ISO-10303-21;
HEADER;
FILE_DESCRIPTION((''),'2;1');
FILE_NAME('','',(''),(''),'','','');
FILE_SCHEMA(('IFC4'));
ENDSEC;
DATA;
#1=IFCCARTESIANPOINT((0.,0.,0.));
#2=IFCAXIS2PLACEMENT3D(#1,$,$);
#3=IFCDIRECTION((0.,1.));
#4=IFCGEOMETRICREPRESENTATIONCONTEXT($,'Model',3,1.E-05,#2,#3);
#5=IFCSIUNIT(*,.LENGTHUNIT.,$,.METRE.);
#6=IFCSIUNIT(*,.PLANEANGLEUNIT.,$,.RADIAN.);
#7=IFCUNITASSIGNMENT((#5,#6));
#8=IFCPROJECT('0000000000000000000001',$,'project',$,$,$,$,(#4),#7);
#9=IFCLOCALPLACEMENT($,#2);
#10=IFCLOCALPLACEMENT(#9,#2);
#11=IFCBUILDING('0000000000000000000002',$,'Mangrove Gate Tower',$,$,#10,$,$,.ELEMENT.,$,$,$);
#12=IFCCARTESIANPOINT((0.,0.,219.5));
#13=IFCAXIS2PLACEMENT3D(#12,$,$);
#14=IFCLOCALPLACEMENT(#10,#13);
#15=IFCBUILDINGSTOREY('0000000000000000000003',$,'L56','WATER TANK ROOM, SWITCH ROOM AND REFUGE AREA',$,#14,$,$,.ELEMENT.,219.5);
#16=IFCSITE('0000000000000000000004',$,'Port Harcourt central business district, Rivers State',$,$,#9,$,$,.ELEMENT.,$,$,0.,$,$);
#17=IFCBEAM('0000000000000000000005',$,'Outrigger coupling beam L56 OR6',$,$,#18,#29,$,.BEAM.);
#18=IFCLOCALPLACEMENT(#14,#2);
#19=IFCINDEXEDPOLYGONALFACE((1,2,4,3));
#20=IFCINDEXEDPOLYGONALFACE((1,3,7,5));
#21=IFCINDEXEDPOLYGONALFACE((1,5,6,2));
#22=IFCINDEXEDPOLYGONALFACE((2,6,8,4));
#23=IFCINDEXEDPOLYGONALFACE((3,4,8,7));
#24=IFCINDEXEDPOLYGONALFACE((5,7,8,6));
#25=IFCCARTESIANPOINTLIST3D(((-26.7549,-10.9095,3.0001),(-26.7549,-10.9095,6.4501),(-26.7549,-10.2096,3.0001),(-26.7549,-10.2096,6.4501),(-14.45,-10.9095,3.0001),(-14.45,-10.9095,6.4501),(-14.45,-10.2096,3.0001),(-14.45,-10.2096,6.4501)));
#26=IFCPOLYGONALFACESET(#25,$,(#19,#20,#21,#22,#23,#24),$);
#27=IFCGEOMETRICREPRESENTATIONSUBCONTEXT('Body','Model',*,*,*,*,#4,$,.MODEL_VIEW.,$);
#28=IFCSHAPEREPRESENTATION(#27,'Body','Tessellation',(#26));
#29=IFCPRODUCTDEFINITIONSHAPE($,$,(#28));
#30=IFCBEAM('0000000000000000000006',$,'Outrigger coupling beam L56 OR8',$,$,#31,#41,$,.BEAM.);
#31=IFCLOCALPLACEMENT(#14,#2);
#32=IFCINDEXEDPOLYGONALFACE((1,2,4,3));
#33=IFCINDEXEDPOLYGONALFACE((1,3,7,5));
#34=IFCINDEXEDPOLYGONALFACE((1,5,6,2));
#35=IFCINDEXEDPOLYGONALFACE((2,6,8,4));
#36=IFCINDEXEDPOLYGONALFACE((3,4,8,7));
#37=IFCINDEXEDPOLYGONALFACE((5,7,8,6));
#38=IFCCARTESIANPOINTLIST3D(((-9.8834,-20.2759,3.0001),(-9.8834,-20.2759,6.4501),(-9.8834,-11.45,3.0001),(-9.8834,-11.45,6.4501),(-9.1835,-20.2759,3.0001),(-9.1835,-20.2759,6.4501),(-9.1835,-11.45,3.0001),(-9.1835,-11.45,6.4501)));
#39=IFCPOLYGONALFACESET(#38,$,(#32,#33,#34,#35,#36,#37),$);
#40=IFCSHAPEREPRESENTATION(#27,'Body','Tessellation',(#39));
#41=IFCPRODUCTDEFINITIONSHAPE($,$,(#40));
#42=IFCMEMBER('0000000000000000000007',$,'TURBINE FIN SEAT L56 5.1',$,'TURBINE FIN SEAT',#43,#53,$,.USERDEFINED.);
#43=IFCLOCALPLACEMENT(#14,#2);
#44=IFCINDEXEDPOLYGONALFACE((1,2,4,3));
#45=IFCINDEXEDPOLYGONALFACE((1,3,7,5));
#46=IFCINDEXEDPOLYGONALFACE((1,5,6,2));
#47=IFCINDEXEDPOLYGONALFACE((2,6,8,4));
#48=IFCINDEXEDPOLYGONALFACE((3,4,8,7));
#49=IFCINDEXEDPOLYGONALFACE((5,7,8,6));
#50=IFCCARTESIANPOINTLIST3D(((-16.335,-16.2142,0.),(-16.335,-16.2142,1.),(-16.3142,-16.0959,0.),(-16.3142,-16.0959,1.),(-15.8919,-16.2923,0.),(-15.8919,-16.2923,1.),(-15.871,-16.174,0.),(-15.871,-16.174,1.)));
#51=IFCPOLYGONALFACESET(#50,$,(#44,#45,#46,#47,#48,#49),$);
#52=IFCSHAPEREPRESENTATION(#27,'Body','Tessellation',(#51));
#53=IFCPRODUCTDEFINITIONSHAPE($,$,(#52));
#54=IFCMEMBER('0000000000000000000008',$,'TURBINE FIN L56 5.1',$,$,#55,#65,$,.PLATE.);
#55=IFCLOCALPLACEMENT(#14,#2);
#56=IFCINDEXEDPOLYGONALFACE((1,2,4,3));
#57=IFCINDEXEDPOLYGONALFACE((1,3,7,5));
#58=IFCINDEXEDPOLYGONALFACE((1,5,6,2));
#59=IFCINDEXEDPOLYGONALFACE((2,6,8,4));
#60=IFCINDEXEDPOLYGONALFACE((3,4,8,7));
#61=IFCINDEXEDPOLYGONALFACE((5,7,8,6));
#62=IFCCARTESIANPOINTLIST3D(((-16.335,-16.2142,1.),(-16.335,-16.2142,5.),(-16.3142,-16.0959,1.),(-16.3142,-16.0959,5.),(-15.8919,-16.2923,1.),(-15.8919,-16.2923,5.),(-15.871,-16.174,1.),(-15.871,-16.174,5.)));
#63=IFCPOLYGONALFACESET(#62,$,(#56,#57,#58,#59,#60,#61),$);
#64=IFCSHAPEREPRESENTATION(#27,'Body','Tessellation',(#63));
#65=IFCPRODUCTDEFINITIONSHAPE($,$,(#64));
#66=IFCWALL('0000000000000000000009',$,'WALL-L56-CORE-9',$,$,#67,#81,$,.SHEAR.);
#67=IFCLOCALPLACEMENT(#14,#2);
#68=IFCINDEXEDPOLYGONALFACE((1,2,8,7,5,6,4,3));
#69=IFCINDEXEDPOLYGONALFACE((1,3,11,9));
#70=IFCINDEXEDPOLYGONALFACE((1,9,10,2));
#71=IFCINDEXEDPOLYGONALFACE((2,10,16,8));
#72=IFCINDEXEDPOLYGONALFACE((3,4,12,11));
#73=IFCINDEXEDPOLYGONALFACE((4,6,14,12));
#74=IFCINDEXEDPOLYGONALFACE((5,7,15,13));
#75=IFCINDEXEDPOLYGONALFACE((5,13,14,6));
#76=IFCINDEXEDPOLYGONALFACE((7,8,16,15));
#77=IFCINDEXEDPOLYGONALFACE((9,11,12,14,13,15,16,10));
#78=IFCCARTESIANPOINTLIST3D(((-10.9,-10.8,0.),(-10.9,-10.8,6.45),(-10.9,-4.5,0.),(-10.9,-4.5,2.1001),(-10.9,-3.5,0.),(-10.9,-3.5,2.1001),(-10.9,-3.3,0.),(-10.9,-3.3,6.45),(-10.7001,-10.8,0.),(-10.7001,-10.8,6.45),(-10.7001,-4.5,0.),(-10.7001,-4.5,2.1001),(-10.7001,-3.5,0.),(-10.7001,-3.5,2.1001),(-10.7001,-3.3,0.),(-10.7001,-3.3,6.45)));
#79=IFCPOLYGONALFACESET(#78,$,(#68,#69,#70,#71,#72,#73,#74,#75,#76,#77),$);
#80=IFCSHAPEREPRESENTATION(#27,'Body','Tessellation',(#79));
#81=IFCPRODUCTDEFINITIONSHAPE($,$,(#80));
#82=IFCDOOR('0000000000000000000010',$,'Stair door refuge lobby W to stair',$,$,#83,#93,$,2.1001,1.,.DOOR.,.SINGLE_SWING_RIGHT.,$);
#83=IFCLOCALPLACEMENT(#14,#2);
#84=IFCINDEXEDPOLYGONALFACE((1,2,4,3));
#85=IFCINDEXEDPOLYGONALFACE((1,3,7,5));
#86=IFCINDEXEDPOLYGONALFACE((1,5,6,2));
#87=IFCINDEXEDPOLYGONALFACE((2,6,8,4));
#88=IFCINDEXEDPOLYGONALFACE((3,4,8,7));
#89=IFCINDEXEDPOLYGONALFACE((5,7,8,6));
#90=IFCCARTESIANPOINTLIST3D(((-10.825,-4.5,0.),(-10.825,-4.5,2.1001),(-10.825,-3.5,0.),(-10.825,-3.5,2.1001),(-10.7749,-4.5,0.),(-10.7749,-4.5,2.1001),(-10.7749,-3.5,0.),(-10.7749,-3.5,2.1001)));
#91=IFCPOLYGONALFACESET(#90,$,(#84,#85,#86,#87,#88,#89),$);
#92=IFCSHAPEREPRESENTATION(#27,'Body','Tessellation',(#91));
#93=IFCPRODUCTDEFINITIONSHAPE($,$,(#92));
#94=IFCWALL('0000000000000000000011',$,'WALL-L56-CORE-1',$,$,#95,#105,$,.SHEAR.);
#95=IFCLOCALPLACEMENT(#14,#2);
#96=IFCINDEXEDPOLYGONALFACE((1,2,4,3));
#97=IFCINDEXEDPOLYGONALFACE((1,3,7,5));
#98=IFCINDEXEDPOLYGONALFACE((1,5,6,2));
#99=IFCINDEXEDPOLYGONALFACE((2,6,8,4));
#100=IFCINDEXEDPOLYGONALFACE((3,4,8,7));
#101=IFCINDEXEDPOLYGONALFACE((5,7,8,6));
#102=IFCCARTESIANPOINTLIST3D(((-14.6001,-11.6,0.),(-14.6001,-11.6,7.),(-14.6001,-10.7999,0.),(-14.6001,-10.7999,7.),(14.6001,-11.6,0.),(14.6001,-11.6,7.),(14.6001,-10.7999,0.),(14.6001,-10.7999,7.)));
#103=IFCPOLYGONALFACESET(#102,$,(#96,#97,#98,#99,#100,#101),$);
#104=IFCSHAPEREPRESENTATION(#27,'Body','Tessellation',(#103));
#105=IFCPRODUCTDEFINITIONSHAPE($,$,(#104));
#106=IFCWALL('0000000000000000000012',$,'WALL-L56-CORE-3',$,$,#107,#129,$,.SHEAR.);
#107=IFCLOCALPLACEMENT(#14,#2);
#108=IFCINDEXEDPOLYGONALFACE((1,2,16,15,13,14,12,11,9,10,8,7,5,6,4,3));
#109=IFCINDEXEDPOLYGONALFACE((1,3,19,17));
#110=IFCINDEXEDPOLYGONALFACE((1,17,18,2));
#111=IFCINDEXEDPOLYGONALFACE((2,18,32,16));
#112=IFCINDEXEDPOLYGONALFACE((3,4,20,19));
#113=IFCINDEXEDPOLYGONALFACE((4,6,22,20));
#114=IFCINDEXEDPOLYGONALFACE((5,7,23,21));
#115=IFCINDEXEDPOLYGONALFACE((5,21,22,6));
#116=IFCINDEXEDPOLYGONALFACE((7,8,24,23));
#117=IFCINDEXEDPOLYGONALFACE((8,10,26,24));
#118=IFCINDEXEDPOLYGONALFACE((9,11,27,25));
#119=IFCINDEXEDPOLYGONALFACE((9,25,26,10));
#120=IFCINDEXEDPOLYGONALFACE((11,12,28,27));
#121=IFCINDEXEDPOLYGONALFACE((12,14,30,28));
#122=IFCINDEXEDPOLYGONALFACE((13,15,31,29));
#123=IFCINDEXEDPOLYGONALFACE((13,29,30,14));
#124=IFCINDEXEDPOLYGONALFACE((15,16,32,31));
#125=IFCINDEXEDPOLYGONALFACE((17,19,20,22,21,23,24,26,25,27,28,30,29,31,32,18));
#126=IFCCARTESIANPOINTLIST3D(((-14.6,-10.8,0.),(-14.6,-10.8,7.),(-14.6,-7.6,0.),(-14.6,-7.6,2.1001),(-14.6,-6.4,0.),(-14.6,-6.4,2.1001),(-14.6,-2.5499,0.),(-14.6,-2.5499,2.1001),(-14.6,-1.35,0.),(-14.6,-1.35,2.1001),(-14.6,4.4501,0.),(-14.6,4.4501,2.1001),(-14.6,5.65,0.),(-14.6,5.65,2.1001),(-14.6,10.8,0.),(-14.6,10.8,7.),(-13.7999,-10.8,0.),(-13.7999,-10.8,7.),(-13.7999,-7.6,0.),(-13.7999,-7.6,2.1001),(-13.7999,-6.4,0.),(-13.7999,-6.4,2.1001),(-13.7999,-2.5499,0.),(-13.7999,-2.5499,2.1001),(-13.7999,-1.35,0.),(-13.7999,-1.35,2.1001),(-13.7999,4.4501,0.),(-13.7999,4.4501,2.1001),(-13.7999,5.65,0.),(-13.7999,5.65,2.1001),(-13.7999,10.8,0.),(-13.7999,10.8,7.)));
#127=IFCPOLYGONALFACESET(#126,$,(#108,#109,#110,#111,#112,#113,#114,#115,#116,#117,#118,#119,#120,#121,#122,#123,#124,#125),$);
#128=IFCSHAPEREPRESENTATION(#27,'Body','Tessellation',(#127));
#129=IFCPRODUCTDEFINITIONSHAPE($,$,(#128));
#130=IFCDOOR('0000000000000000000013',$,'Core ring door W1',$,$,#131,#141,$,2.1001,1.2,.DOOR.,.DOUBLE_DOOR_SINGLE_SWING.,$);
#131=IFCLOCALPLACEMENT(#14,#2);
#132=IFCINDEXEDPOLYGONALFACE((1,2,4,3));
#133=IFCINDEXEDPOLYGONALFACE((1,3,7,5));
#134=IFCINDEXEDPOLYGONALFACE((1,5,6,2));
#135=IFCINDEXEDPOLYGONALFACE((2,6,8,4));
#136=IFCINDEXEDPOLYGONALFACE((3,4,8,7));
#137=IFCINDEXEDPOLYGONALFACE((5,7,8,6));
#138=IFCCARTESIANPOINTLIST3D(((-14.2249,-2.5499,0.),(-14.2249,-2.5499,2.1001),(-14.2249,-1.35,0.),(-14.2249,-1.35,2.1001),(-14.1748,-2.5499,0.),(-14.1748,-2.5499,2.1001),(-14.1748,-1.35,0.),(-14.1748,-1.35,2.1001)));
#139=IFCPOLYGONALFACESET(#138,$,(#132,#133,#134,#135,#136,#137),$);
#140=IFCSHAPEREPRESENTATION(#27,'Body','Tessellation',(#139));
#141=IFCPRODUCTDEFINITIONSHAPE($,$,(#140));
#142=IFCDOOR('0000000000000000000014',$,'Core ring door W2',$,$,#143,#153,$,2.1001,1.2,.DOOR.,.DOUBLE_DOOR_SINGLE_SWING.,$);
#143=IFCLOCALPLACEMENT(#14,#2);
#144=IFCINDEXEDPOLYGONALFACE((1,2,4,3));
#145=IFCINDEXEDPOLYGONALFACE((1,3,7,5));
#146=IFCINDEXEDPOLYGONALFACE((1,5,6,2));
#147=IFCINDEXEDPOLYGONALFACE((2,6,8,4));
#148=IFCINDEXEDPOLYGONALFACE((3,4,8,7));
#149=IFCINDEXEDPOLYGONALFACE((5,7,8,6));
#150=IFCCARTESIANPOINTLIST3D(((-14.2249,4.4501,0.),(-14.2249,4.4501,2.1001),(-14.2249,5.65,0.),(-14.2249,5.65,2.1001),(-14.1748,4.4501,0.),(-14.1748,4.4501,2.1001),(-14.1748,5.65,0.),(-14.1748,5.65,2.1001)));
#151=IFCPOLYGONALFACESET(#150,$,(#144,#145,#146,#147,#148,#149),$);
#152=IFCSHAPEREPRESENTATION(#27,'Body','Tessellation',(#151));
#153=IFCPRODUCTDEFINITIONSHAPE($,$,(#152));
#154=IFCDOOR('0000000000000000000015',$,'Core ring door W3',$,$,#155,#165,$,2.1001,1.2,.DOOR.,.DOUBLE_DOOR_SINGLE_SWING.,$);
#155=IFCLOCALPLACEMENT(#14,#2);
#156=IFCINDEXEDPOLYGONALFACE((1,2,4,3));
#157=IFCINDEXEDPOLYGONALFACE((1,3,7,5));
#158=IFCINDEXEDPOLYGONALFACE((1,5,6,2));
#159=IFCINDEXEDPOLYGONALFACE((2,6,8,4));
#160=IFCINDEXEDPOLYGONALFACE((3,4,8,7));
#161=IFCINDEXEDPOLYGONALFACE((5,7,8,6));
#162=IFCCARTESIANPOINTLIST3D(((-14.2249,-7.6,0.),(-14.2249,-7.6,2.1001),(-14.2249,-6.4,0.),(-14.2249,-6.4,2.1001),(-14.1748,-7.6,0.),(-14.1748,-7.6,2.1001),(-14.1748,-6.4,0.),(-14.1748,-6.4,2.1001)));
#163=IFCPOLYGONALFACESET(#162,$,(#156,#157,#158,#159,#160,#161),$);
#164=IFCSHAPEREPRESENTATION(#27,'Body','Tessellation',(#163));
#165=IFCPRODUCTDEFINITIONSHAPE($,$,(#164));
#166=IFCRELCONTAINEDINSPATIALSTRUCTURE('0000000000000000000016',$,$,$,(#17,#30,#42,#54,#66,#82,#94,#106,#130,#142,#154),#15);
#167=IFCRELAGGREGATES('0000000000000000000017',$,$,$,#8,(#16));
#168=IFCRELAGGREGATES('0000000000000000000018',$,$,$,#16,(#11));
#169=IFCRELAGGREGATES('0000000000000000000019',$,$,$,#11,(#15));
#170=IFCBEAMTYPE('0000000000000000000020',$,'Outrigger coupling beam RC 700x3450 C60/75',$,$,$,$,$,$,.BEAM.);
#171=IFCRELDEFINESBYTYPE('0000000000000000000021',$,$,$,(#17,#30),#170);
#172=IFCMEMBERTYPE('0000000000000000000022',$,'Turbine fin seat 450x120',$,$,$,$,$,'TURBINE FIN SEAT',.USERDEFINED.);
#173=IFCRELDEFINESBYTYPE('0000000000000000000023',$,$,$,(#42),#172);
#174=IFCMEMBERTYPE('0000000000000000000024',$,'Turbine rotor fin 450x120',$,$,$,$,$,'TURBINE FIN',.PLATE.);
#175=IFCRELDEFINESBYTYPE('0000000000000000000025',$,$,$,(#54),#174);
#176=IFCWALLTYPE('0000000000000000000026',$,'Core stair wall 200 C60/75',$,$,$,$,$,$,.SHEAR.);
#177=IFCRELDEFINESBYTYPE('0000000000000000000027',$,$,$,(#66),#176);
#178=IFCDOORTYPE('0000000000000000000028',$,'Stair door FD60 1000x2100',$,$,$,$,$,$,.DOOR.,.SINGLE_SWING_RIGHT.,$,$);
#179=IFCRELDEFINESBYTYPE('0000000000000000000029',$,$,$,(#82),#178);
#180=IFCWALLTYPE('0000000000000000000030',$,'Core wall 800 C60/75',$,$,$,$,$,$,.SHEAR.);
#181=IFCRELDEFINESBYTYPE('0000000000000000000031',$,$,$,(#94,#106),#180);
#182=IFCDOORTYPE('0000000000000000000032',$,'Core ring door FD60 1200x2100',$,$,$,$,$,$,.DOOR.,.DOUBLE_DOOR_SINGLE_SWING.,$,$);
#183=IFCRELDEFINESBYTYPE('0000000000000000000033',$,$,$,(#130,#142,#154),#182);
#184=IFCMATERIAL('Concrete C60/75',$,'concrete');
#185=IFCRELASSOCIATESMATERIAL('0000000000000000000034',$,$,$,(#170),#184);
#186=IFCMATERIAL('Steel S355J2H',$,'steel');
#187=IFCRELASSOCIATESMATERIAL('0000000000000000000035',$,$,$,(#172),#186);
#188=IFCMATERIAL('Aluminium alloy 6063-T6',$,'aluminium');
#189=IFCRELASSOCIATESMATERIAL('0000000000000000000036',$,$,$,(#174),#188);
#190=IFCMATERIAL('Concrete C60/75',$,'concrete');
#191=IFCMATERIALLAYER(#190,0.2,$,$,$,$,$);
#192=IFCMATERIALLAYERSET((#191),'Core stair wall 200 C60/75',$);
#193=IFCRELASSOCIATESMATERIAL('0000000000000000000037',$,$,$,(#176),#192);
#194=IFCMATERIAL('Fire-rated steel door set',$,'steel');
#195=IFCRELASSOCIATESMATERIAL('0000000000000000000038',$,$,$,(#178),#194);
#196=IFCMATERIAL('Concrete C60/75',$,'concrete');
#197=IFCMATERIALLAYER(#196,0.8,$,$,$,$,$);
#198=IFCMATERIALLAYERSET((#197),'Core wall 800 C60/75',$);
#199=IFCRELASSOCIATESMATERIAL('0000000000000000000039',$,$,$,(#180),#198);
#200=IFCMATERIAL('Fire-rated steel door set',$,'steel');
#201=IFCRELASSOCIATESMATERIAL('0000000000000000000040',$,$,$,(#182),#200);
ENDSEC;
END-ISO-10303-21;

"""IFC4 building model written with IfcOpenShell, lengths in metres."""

from ifc_helpers import new_model, si_unit, direction, frame, frame_2d, origin, origin_2d, place, context, subcontext, project, spatial, rectangle, extrude, material, layer, layer_set, material_profile, profile_set, type_object, element, fill, save


model = new_model("IFC4")

# Units and contexts
model_context = context("Model", 3, precision=1e-05, world=origin(), true_north=direction((0.0, 1.0)))
body_context = subcontext(model_context, "Body", "Model", "MODEL_VIEW")
ifc_project = project(units=[si_unit("LENGTHUNIT", "METRE"), si_unit("PLANEANGLEUNIT", "RADIAN")], contexts=[model_context])

# Site, building, storey
site_placement = place(None, origin())
site = spatial("IfcSite", under=ifc_project, at=site_placement, Name="Port Harcourt central business district, Rivers State", CompositionType="ELEMENT", RefElevation=0.0)
building_placement = place(site_placement, origin())
building = spatial("IfcBuilding", under=site, at=building_placement, Name="Mangrove Gate Tower", CompositionType="ELEMENT")
storey_placement = place(building_placement, frame((0.0, 0.0, 219.5)))
storey = spatial("IfcBuildingStorey", under=building, at=storey_placement, Name="L56", Description="WATER TANK ROOM, SWITCH ROOM AND REFUGE AREA", CompositionType="ELEMENT", Elevation=219.5)

# Beams
ifc_material_1 = material(Name="Concrete C60/75", Category="concrete")
ifc_material_profile_1 = material_profile(ifc_material_1, rectangle(XDim=0.7, YDim=3.45, at=origin_2d()))
ifc_profile_set_1 = profile_set([ifc_material_profile_1], Name="Concrete C60/75")
beam_type = type_object("IfcBeamType", Name="Outrigger coupling beam RC 700x3450 C60/75", PredefinedType="BEAM", material=ifc_profile_set_1)
beam_1_placement = place(storey_placement, frame((-14.45, -10.5596, 4.7251), z_axis=(-1.0, 0.0, 0.0), x_axis=(0.0, -1.0, 0.0)))
element("IfcBeam", 1, at=beam_1_placement, inside=storey, type_object=beam_type, Name="Outrigger coupling beam L56 OR6", PredefinedType="BEAM", context=body_context, shape_type="SweptSolid", body=[
    extrude(rectangle(XDim=0.7, YDim=3.45, at=origin_2d()), origin(), (0.0, 0.0, 1.0), 12.3049),
])
beam_2_placement = place(storey_placement, frame((-9.5334, -11.45, 4.7251), z_axis=(0.0, -1.0, 0.0), x_axis=(1.0, 0.0, 0.0)))
element("IfcBeam", 2, at=beam_2_placement, inside=storey, type_object=beam_type, Name="Outrigger coupling beam L56 OR8", PredefinedType="BEAM", context=body_context, shape_type="SweptSolid", body=[
    extrude(rectangle(XDim=0.7, YDim=3.45, at=origin_2d()), origin(), (0.0, 0.0, 1.0), 8.8259),
])

# Members
ifc_material_2 = material(Name="Steel S355J2H", Category="steel")
ifc_material_profile_2 = material_profile(ifc_material_2, rectangle(XDim=0.45, YDim=0.1201, at=origin_2d()))
ifc_profile_set_2 = profile_set([ifc_material_profile_2], Name="Steel S355J2H")
member_type_1 = type_object("IfcMemberType", Name="Turbine fin seat 450x120", ElementType="TURBINE FIN SEAT", PredefinedType="USERDEFINED", material=ifc_profile_set_2)
member_1_placement = place(storey_placement, frame((-16.103, -16.1941, 0.0), z_axis=(0.0, 0.0, 1.0), x_axis=(-0.984808, 0.173648, 0.0)))
element("IfcMember", 3, at=member_1_placement, inside=storey, type_object=member_type_1, Name="TURBINE FIN SEAT L56 5.1", ObjectType="TURBINE FIN SEAT", PredefinedType="USERDEFINED", context=body_context, shape_type="SweptSolid", body=[
    extrude(rectangle(XDim=0.45, YDim=0.1201, at=origin_2d()), origin(), (0.0, 0.0, 1.0), 1.0),
])
ifc_material_3 = material(Name="Aluminium alloy 6063-T6", Category="aluminium")
ifc_material_profile_3 = material_profile(ifc_material_3, rectangle(XDim=0.45, YDim=0.1201, at=origin_2d()))
ifc_profile_set_3 = profile_set([ifc_material_profile_3], Name="Aluminium alloy 6063-T6")
member_type_2 = type_object("IfcMemberType", Name="Turbine rotor fin 450x120", ElementType="TURBINE FIN", PredefinedType="PLATE", material=ifc_profile_set_3)
member_2_placement = place(storey_placement, frame((-16.103, -16.1941, 1.0), z_axis=(0.0, 0.0, 1.0), x_axis=(-0.984808, 0.173648, 0.0)))
element("IfcMember", 4, at=member_2_placement, inside=storey, type_object=member_type_2, Name="TURBINE FIN L56 5.1", PredefinedType="PLATE", context=body_context, shape_type="SweptSolid", body=[
    extrude(rectangle(XDim=0.45, YDim=0.1201, at=origin_2d()), origin(), (0.0, 0.0, 1.0), 4.0),
])

# Wall, opening, door
ifc_material_4 = material(Name="Concrete C60/75", Category="concrete")
ifc_layer_1 = layer(ifc_material_4, 0.2)
ifc_layer_set_1 = layer_set([ifc_layer_1], Name="Core stair wall 200 C60/75")
wall_type_1 = type_object("IfcWallType", Name="Core stair wall 200 C60/75", PredefinedType="SHEAR", material=ifc_layer_set_1)
wall_1_placement = place(storey_placement, frame((-10.8, -10.8, 0.0), z_axis=(0.0, 0.0, 1.0), x_axis=(0.0, 1.0, 0.0)))
wall_1 = element("IfcWall", 5, at=wall_1_placement, inside=storey, type_object=wall_type_1, Name="WALL-L56-CORE-9", PredefinedType="SHEAR", context=body_context, shape_type="SweptSolid", body=[
    extrude(rectangle(XDim=7.5, YDim=0.2, at=frame_2d((3.75, 0.0))), origin(), (0.0, 0.0, 1.0), 6.45),
])
opening_1_placement = place(wall_1_placement, frame((6.3, 0.0, 0.0)))
opening_1 = element("IfcOpeningElement", 6, at=opening_1_placement, cuts=wall_1, PredefinedType="OPENING", context=body_context, shape_type="SweptSolid", body=[
    extrude(rectangle(XDim=1.0, YDim=2.1001, at=frame_2d((0.5, 1.05))), frame((0.0, 0.1099, 0.0), z_axis=(0.0, -1.0, 0.0), x_axis=(1.0, 0.0, 0.0)), (0.0, 0.0, 1.0), 0.22),
])
ifc_material_5 = material(Name="Fire-rated steel door set", Category="steel")
door_type_1 = type_object("IfcDoorType", Name="Stair door FD60 1000x2100", OperationType="SINGLE_SWING_RIGHT", PredefinedType="DOOR", material=ifc_material_5)
door_1_placement = place(opening_1_placement, origin())
door_1 = element("IfcDoor", 7, at=door_1_placement, inside=storey, type_object=door_type_1, Name="Stair door refuge lobby W to stair", OperationType="SINGLE_SWING_RIGHT", OverallHeight=2.1001, OverallWidth=1.0, PredefinedType="DOOR", context=body_context, shape_type="SweptSolid", body=[
    extrude(rectangle(XDim=1.0, YDim=2.1001, at=frame_2d((0.5, 1.05))), frame((0.0, 0.0249, 0.0), z_axis=(0.0, -1.0, 0.0), x_axis=(1.0, 0.0, 0.0)), (0.0, 0.0, 1.0), 0.05),
])
fill(opening_1, door_1)

# Wall
ifc_material_6 = material(Name="Concrete C60/75", Category="concrete")
ifc_layer_2 = layer(ifc_material_6, 0.8)
ifc_layer_set_2 = layer_set([ifc_layer_2], Name="Core wall 800 C60/75")
wall_type_2 = type_object("IfcWallType", Name="Core wall 800 C60/75", PredefinedType="SHEAR", material=ifc_layer_set_2)
wall_2_placement = place(storey_placement, frame((-14.6001, -11.2, 0.0), z_axis=(0.0, 0.0, 1.0), x_axis=(1.0, 0.0, 0.0)))
element("IfcWall", 8, at=wall_2_placement, inside=storey, type_object=wall_type_2, Name="WALL-L56-CORE-1", PredefinedType="SHEAR", context=body_context, shape_type="SweptSolid", body=[
    extrude(rectangle(XDim=29.2002, YDim=0.8, at=frame_2d((14.6001, 0.0))), origin(), (0.0, 0.0, 1.0), 7.0),
])

# Wall, openings, doors
wall_3_placement = place(storey_placement, frame((-14.2, -10.8, 0.0), z_axis=(0.0, 0.0, 1.0), x_axis=(0.0, 1.0, 0.0)))
wall_3 = element("IfcWall", 9, at=wall_3_placement, inside=storey, type_object=wall_type_2, Name="WALL-L56-CORE-3", PredefinedType="SHEAR", context=body_context, shape_type="SweptSolid", body=[
    extrude(rectangle(XDim=21.6001, YDim=0.8, at=frame_2d((10.8, 0.0))), origin(), (0.0, 0.0, 1.0), 7.0),
])
opening_2_placement = place(wall_3_placement, frame((8.25, 0.0, 0.0)))
opening_2 = element("IfcOpeningElement", 10, at=opening_2_placement, cuts=wall_3, PredefinedType="OPENING", context=body_context, shape_type="SweptSolid", body=[
    extrude(rectangle(XDim=1.2, YDim=2.1001, at=frame_2d((0.6001, 1.05))), frame((0.0, 0.4099, 0.0), z_axis=(0.0, -1.0, 0.0), x_axis=(1.0, 0.0, 0.0)), (0.0, 0.0, 1.0), 0.8201),
])
opening_3_placement = place(wall_3_placement, frame((15.25, 0.0, 0.0)))
opening_3 = element("IfcOpeningElement", 11, at=opening_3_placement, cuts=wall_3, PredefinedType="OPENING", context=body_context, shape_type="SweptSolid", body=[
    extrude(rectangle(XDim=1.2, YDim=2.1001, at=frame_2d((0.6001, 1.05))), frame((0.0, 0.4099, 0.0), z_axis=(0.0, -1.0, 0.0), x_axis=(1.0, 0.0, 0.0)), (0.0, 0.0, 1.0), 0.8201),
])
opening_4_placement = place(wall_3_placement, frame((3.2, 0.0, 0.0)))
opening_4 = element("IfcOpeningElement", 12, at=opening_4_placement, cuts=wall_3, PredefinedType="OPENING", context=body_context, shape_type="SweptSolid", body=[
    extrude(rectangle(XDim=1.2, YDim=2.1001, at=frame_2d((0.6001, 1.05))), frame((0.0, 0.4099, 0.0), z_axis=(0.0, -1.0, 0.0), x_axis=(1.0, 0.0, 0.0)), (0.0, 0.0, 1.0), 0.8201),
])
ifc_material_7 = material(Name="Fire-rated steel door set", Category="steel")
door_type_2 = type_object("IfcDoorType", Name="Core ring door FD60 1200x2100", OperationType="DOUBLE_DOOR_SINGLE_SWING", PredefinedType="DOOR", material=ifc_material_7)
door_2_placement = place(opening_2_placement, origin())
door_2 = element("IfcDoor", 13, at=door_2_placement, inside=storey, type_object=door_type_2, Name="Core ring door W1", OperationType="DOUBLE_DOOR_SINGLE_SWING", OverallHeight=2.1001, OverallWidth=1.2, PredefinedType="DOOR", context=body_context, shape_type="SweptSolid", body=[
    extrude(rectangle(XDim=1.2, YDim=2.1001, at=frame_2d((0.6001, 1.05))), frame((0.0, 0.0249, 0.0), z_axis=(0.0, -1.0, 0.0), x_axis=(1.0, 0.0, 0.0)), (0.0, 0.0, 1.0), 0.05),
])
fill(opening_2, door_2)
door_3_placement = place(opening_3_placement, origin())
door_3 = element("IfcDoor", 14, at=door_3_placement, inside=storey, type_object=door_type_2, Name="Core ring door W2", OperationType="DOUBLE_DOOR_SINGLE_SWING", OverallHeight=2.1001, OverallWidth=1.2, PredefinedType="DOOR", context=body_context, shape_type="SweptSolid", body=[
    extrude(rectangle(XDim=1.2, YDim=2.1001, at=frame_2d((0.6001, 1.05))), frame((0.0, 0.0249, 0.0), z_axis=(0.0, -1.0, 0.0), x_axis=(1.0, 0.0, 0.0)), (0.0, 0.0, 1.0), 0.05),
])
fill(opening_3, door_3)
door_4_placement = place(opening_4_placement, origin())
door_4 = element("IfcDoor", 15, at=door_4_placement, inside=storey, type_object=door_type_2, Name="Core ring door W3", OperationType="DOUBLE_DOOR_SINGLE_SWING", OverallHeight=2.1001, OverallWidth=1.2, PredefinedType="DOOR", context=body_context, shape_type="SweptSolid", body=[
    extrude(rectangle(XDim=1.2, YDim=2.1001, at=frame_2d((0.6001, 1.05))), frame((0.0, 0.0249, 0.0), z_axis=(0.0, -1.0, 0.0), x_axis=(1.0, 0.0, 0.0)), (0.0, 0.0, 1.0), 0.05),
])
fill(opening_4, door_4)

save(model, "model.ifc")
